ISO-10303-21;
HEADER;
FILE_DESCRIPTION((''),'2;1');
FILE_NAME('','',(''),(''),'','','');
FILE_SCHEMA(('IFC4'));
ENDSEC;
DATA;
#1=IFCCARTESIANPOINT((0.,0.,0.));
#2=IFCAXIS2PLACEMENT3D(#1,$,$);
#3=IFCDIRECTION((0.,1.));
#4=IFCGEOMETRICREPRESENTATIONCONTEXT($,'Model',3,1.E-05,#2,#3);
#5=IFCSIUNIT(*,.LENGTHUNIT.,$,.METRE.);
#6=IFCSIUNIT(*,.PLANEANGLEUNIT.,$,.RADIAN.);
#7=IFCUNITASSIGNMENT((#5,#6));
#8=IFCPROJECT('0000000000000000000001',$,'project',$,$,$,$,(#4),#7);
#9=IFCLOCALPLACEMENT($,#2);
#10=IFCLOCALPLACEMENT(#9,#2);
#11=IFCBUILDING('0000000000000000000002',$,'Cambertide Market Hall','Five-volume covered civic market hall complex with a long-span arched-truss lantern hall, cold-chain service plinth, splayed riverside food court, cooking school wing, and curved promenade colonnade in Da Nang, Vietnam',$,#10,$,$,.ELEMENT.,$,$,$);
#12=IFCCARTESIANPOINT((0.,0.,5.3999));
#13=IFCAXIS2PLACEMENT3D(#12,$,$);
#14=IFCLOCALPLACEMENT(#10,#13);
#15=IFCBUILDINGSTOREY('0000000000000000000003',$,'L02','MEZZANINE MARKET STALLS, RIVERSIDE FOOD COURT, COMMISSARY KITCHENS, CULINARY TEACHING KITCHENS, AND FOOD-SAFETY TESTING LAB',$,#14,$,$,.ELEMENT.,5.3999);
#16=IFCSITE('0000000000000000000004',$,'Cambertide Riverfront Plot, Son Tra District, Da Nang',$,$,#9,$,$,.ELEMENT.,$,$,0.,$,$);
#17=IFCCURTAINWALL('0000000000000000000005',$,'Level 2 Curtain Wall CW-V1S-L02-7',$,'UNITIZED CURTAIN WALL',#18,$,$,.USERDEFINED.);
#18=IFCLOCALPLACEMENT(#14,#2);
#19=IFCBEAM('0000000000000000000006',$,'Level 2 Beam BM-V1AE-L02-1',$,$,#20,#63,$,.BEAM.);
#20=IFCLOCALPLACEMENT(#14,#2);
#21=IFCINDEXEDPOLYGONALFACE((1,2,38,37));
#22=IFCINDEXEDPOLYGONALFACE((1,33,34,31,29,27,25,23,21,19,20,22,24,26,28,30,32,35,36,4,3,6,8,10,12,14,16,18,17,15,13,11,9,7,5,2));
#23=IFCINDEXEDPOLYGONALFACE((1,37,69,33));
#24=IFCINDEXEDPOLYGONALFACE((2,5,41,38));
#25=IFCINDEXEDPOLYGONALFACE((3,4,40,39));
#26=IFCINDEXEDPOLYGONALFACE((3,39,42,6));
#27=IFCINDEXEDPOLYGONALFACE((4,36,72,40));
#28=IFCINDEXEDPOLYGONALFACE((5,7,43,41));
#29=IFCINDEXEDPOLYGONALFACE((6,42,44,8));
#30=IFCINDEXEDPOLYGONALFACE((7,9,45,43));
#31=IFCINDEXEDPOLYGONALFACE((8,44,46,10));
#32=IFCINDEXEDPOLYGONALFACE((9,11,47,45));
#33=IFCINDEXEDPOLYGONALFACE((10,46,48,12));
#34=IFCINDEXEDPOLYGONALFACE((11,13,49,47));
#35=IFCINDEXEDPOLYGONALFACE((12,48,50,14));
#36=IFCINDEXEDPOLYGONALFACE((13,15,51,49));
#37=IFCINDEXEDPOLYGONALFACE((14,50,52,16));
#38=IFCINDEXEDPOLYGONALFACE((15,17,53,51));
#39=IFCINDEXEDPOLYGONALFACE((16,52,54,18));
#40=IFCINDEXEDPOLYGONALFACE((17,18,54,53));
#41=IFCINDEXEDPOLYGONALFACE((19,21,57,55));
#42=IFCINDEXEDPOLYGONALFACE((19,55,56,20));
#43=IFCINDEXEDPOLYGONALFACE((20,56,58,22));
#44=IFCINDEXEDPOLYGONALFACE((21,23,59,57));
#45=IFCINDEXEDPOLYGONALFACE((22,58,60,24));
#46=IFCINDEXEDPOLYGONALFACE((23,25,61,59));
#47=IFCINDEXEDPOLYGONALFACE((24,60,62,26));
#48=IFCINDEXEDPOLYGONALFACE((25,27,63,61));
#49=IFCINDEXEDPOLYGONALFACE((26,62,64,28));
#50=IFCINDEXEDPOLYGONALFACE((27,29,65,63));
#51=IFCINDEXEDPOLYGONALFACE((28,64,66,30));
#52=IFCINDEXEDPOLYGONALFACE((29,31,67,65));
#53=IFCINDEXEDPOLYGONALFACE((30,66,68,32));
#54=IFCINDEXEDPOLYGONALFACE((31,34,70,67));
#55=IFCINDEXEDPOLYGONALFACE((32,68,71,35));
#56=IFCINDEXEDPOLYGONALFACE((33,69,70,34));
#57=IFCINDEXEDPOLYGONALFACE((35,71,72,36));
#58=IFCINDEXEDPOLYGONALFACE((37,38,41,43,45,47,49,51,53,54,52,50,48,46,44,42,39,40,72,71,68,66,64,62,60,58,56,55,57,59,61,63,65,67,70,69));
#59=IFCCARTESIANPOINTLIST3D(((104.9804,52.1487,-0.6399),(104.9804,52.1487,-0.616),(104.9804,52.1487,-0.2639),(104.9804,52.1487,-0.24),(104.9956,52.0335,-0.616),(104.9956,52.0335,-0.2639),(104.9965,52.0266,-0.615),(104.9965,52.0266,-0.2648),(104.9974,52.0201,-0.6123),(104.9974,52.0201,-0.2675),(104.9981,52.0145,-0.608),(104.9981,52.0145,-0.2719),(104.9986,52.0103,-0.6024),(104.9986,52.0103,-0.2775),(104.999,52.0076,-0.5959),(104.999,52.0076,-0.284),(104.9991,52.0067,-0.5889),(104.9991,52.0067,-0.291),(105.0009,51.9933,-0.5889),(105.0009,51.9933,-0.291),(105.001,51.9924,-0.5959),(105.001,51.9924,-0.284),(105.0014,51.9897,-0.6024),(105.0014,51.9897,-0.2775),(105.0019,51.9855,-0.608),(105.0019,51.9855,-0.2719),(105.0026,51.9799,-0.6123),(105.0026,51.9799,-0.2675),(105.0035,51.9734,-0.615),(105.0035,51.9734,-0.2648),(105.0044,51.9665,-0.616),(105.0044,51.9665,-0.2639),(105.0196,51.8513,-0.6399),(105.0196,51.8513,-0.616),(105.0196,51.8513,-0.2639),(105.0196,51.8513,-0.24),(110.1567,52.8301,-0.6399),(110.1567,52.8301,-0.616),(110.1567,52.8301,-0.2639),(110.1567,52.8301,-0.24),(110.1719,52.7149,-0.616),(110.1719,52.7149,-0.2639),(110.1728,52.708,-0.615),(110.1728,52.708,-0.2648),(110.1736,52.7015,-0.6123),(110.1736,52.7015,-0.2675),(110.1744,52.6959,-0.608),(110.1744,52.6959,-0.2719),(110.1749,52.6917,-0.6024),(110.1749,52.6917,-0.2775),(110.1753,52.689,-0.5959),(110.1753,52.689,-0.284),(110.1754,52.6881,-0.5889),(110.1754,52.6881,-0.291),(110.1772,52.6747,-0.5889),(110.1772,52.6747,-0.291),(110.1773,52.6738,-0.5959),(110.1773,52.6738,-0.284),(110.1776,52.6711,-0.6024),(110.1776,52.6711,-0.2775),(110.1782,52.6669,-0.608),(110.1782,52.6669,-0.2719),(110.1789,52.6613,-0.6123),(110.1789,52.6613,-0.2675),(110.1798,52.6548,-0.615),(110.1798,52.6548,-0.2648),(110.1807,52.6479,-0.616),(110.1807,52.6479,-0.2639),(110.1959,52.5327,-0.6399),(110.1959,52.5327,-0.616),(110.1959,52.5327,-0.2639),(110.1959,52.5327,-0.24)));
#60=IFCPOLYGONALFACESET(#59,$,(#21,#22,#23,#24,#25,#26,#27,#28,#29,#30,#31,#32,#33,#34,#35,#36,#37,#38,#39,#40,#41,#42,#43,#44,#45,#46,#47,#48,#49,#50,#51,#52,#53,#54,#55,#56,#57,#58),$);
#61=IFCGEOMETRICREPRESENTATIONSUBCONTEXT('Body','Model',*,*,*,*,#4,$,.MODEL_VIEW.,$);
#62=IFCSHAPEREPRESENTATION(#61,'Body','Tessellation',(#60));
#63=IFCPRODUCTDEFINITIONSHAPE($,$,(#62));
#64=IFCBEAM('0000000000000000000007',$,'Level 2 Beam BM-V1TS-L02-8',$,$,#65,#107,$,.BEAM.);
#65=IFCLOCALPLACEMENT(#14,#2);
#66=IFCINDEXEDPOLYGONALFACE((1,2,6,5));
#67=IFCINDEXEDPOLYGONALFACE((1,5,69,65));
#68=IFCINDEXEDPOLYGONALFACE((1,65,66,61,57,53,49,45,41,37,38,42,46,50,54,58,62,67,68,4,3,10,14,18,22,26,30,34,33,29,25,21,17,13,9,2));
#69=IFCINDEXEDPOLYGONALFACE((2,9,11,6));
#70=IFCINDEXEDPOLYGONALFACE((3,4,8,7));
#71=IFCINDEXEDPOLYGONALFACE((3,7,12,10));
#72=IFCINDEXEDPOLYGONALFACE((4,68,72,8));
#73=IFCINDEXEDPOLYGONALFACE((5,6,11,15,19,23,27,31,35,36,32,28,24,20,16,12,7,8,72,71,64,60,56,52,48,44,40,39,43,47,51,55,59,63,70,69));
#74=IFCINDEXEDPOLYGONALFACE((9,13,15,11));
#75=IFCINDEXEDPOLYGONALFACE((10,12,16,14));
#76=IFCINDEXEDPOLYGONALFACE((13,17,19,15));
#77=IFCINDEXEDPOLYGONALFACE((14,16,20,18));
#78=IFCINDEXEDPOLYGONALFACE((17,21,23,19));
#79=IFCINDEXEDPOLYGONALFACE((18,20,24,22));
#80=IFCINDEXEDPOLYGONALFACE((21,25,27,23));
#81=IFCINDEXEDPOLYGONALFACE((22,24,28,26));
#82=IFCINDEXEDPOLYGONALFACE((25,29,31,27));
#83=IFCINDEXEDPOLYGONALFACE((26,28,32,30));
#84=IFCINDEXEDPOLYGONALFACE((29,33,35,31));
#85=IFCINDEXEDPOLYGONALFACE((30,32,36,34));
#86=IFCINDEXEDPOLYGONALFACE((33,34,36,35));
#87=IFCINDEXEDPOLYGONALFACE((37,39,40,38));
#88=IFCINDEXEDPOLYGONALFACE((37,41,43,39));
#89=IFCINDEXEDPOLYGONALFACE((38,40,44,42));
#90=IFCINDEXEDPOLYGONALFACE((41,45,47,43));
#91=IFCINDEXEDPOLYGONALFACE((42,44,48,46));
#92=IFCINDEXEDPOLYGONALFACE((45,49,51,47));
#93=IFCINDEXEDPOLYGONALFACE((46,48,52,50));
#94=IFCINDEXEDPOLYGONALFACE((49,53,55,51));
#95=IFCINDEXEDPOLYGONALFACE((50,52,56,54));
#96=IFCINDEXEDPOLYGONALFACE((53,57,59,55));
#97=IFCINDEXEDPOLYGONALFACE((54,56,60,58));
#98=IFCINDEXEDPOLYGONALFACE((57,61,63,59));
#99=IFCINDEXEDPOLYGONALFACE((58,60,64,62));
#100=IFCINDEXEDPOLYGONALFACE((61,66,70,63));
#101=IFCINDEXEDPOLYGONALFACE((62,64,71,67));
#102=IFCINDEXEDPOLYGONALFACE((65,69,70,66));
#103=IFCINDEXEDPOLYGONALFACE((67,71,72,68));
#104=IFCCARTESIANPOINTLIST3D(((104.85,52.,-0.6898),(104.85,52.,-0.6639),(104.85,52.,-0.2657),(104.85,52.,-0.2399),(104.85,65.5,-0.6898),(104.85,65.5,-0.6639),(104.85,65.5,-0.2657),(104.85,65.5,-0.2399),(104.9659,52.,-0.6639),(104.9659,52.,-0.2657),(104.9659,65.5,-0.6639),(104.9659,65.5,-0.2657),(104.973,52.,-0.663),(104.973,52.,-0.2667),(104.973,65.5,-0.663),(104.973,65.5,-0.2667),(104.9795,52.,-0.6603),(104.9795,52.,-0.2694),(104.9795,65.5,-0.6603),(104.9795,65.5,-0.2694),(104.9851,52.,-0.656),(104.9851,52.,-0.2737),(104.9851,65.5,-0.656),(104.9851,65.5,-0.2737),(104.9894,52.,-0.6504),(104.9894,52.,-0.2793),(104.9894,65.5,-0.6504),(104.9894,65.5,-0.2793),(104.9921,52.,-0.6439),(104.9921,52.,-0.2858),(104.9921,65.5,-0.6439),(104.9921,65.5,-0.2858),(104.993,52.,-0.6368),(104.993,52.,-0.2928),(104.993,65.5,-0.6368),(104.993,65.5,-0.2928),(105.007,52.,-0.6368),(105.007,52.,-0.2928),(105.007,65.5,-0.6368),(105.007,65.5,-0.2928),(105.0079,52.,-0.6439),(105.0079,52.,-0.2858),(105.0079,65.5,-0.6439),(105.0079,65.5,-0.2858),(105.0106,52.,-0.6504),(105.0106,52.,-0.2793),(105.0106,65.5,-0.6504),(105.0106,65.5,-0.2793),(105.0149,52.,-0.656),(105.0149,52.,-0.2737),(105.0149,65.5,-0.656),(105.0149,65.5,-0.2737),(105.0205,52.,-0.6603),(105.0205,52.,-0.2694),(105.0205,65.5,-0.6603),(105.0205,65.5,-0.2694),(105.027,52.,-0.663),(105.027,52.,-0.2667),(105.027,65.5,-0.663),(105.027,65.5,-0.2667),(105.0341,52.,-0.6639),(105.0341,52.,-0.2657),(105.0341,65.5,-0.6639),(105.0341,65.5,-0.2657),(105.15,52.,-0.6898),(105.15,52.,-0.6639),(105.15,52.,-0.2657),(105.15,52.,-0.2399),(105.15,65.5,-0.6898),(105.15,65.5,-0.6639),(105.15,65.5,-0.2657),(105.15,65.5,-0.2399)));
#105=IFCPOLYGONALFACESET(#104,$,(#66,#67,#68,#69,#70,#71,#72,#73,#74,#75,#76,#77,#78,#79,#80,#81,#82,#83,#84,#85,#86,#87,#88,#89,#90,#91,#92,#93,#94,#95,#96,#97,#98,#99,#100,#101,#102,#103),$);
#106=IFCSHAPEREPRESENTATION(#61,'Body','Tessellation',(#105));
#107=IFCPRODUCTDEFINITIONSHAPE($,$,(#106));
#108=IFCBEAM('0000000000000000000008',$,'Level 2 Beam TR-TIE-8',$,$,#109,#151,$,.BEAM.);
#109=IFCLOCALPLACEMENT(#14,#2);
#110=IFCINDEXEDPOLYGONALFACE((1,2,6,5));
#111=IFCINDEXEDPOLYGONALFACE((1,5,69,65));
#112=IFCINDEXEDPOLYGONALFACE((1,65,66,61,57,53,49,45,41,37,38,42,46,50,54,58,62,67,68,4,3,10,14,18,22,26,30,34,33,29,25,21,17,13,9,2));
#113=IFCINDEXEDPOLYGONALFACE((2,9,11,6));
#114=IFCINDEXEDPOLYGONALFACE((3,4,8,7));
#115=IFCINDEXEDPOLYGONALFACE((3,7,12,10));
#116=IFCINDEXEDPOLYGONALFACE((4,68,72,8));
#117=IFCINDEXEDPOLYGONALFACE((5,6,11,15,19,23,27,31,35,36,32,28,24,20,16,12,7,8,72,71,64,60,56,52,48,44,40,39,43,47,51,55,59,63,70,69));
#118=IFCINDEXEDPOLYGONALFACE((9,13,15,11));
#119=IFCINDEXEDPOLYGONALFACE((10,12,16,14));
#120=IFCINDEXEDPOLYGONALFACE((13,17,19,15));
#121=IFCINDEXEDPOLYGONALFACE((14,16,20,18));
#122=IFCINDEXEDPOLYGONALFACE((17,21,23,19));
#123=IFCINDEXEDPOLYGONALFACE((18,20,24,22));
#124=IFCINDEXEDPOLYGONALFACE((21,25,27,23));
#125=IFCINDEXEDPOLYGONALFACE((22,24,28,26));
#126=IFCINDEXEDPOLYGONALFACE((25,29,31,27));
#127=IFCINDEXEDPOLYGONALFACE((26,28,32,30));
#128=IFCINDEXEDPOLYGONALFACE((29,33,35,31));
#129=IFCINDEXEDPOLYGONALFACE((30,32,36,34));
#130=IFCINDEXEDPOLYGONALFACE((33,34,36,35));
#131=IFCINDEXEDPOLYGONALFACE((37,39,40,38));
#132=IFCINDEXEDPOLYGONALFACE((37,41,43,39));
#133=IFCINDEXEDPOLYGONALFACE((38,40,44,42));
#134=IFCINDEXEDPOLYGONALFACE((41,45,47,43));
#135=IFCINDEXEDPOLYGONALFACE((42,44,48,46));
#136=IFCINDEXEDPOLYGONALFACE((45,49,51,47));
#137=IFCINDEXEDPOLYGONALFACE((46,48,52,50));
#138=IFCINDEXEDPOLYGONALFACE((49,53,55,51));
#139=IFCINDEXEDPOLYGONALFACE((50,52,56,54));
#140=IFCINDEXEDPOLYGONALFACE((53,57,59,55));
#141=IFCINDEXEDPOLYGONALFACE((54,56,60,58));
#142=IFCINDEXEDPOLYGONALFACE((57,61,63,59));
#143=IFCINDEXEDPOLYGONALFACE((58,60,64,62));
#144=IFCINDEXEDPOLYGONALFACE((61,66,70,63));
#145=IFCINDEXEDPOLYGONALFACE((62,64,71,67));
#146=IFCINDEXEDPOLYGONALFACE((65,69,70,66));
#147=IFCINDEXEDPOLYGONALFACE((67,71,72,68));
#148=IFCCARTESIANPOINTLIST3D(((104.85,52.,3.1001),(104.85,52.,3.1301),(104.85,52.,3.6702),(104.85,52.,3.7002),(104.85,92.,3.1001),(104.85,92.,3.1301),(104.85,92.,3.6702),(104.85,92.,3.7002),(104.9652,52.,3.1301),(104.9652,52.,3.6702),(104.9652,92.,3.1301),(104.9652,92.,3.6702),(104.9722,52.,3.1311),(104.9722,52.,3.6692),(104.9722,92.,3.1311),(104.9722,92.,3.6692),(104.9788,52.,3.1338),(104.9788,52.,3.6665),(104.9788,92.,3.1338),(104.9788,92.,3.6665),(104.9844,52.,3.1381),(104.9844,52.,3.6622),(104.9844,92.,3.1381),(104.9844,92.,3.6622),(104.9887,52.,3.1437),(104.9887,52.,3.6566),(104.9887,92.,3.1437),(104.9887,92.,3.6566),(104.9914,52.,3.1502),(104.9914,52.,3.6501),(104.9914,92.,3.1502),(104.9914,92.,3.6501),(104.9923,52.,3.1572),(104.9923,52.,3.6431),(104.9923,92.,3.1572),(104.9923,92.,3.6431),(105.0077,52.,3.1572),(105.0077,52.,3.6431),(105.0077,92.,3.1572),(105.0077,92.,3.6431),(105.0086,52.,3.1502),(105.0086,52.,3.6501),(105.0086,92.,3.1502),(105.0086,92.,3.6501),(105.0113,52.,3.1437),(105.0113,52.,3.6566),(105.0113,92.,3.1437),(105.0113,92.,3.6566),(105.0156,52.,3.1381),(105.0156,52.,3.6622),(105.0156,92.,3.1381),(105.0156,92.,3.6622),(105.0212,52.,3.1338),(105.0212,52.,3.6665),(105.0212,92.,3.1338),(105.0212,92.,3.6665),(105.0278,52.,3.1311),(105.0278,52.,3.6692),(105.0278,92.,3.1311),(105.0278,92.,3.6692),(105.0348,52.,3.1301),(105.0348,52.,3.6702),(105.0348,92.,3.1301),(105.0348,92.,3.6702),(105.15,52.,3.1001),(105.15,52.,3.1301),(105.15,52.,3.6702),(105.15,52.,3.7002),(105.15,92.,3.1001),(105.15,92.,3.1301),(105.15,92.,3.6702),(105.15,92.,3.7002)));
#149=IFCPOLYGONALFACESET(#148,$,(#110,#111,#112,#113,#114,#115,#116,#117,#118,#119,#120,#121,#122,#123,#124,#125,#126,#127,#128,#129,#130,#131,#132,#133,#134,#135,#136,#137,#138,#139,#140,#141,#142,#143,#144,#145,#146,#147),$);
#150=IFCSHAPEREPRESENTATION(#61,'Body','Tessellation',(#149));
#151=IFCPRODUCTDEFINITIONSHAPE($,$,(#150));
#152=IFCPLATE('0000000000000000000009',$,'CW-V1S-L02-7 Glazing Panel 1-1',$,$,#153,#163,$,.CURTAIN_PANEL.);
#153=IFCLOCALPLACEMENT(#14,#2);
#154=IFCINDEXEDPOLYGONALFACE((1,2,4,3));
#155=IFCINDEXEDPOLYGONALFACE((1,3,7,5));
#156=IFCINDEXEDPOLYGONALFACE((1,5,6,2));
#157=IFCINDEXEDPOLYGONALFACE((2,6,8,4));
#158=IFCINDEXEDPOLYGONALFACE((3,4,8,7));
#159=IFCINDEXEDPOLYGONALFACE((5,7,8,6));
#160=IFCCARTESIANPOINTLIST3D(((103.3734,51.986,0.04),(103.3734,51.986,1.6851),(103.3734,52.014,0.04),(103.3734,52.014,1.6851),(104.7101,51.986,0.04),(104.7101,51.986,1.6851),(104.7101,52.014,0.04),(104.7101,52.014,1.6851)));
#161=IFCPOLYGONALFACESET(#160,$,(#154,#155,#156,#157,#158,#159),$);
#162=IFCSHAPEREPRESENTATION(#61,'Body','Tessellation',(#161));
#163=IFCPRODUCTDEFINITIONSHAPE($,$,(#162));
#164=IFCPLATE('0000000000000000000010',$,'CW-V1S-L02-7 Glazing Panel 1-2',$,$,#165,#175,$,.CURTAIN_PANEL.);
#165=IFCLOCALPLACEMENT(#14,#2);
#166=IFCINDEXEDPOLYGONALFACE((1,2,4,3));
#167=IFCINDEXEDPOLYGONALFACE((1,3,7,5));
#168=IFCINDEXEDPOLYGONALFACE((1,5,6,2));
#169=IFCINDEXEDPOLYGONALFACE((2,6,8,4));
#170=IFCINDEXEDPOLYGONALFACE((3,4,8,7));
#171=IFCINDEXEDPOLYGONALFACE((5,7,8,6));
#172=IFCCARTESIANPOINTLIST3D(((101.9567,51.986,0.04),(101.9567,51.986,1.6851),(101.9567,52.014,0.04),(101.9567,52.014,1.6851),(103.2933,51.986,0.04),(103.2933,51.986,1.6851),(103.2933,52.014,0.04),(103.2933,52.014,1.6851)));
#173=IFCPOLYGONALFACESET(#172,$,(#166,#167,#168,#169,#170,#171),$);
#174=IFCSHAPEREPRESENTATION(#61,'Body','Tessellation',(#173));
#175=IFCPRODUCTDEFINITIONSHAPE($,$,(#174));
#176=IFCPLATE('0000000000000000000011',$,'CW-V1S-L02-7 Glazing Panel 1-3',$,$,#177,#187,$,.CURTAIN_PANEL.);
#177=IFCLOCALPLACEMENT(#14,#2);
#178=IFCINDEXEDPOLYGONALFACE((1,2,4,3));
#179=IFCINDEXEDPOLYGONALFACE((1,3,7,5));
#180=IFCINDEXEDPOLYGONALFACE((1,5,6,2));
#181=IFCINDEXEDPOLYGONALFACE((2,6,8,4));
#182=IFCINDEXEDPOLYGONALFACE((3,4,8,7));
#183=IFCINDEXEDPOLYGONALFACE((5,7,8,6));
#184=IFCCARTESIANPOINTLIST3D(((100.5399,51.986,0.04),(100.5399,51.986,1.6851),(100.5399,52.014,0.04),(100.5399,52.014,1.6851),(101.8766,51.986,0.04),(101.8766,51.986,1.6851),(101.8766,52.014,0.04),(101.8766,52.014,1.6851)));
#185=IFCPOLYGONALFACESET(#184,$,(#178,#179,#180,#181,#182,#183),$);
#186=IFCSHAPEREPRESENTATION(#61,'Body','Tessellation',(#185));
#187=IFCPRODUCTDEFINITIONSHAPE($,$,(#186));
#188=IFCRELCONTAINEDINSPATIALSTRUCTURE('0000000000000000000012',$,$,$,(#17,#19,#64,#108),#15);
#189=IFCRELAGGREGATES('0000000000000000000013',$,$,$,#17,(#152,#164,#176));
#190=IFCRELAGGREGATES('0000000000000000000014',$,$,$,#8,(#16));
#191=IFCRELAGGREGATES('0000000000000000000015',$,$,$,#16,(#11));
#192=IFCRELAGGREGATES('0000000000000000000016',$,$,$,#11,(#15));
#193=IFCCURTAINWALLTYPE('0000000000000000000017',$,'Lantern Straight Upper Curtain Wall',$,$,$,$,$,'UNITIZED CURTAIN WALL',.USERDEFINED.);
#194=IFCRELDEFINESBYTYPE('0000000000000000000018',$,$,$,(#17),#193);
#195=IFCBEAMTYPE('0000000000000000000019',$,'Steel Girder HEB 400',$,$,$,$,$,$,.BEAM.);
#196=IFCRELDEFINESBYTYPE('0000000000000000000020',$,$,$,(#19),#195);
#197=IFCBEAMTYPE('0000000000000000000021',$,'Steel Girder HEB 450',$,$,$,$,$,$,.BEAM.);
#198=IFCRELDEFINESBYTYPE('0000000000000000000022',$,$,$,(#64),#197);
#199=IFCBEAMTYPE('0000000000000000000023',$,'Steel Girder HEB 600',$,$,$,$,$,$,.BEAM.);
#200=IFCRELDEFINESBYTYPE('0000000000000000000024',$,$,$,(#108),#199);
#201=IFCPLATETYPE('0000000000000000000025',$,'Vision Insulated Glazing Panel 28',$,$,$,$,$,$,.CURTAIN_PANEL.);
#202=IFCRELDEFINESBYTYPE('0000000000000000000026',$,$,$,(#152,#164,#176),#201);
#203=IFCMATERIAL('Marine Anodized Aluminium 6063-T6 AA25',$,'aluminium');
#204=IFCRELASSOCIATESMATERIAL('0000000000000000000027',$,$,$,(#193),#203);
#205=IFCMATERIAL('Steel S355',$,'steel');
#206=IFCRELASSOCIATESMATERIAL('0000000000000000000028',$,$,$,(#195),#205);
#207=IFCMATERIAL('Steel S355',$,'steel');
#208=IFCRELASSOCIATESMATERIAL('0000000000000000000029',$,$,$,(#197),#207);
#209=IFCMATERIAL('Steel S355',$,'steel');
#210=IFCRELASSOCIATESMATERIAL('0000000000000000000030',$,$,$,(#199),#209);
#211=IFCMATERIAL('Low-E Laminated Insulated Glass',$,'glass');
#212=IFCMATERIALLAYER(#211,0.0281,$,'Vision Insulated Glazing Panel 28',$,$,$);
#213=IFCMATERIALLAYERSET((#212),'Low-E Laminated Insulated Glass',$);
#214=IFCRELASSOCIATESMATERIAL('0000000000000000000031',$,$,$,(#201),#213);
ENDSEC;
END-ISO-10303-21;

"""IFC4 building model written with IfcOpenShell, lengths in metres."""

from ifc_helpers import new_model, si_unit, direction, frame, origin, origin_2d, place, context, subcontext, project, spatial, rectangle, i_section, extrude, material, layer, layer_set, material_profile, profile_set, type_object, element, aggregate, save


model = new_model("IFC4")

# Units and contexts
model_context = context("Model", 3, precision=1e-05, world=origin(), true_north=direction((0.0, 1.0)))
body_context = subcontext(model_context, "Body", "Model", "MODEL_VIEW")
ifc_project = project(units=[si_unit("LENGTHUNIT", "METRE"), si_unit("PLANEANGLEUNIT", "RADIAN")], contexts=[model_context])

# Site, building, storey
site_placement = place(None, origin())
site = spatial("IfcSite", under=ifc_project, at=site_placement, Name="Cambertide Riverfront Plot, Son Tra District, Da Nang", CompositionType="ELEMENT", RefElevation=0.0)
building_placement = place(site_placement, origin())
building = spatial("IfcBuilding", under=site, at=building_placement, Name="Cambertide Market Hall", Description="Five-volume covered civic market hall complex with a long-span arched-truss lantern hall, cold-chain service plinth, splayed riverside food court, cooking school wing, and curved promenade colonnade in Da Nang, Vietnam", CompositionType="ELEMENT")
storey_placement = place(building_placement, frame((0.0, 0.0, 5.3999)))
storey = spatial("IfcBuildingStorey", under=building, at=storey_placement, Name="L02", Description="MEZZANINE MARKET STALLS, RIVERSIDE FOOD COURT, COMMISSARY KITCHENS, CULINARY TEACHING KITCHENS, AND FOOD-SAFETY TESTING LAB", CompositionType="ELEMENT", Elevation=5.3999)

# Curtain wall
ifc_material_1 = material(Name="Marine Anodized Aluminium 6063-T6 AA25", Category="aluminium")
curtain_wall_type_1 = type_object("IfcCurtainWallType", Name="Lantern Straight Upper Curtain Wall", ElementType="UNITIZED CURTAIN WALL", PredefinedType="USERDEFINED", material=ifc_material_1)
curtain_wall_1_placement = place(storey_placement, origin())
curtain_wall_1 = element("IfcCurtainWall", 1, at=curtain_wall_1_placement, inside=storey, type_object=curtain_wall_type_1, Name="Level 2 Curtain Wall CW-V1S-L02-7", ObjectType="UNITIZED CURTAIN WALL", PredefinedType="USERDEFINED")

# Beams
ifc_material_2 = material(Name="Steel S355", Category="steel")
ifc_material_profile_1 = material_profile(ifc_material_2, i_section(OverallWidth=0.3, OverallDepth=0.3999, WebThickness=0.0134, FlangeThickness=0.0239, FilletRadius=0.0271, at=origin_2d()), Name="HEB 400")
ifc_profile_set_1 = profile_set([ifc_material_profile_1], Name="Steel S355")
beam_type_1 = type_object("IfcBeamType", Name="Steel Girder HEB 400", PredefinedType="BEAM", material=ifc_profile_set_1)
beam_1_placement = place(storey_placement, frame((105.0, 52.0, -0.4399), z_axis=(0.991447, 0.130513, 0.0), x_axis=(-0.130513, 0.991447, 0.0)))
element("IfcBeam", 2, at=beam_1_placement, inside=storey, type_object=beam_type_1, Name="Level 2 Beam BM-V1AE-L02-1", PredefinedType="BEAM", context=body_context, shape_type="SweptSolid", body=[
    extrude(i_section(OverallWidth=0.3, OverallDepth=0.3999, WebThickness=0.0134, FlangeThickness=0.0239, FilletRadius=0.0271, at=origin_2d()), origin(), (0.0, 0.0, 1.0), 5.2209),
])
ifc_material_3 = material(Name="Steel S355", Category="steel")
ifc_material_profile_2 = material_profile(ifc_material_3, i_section(OverallWidth=0.3, OverallDepth=0.45, WebThickness=0.0139, FlangeThickness=0.0259, FilletRadius=0.0271, at=origin_2d()), Name="HEB 450")
ifc_profile_set_2 = profile_set([ifc_material_profile_2], Name="Steel S355")
beam_type_2 = type_object("IfcBeamType", Name="Steel Girder HEB 450", PredefinedType="BEAM", material=ifc_profile_set_2)
beam_2_placement = place(storey_placement, frame((105.0, 52.0, -0.4648), z_axis=(0.0, 1.0, 0.0), x_axis=(-1.0, 0.0, 0.0)))
element("IfcBeam", 3, at=beam_2_placement, inside=storey, type_object=beam_type_2, Name="Level 2 Beam BM-V1TS-L02-8", PredefinedType="BEAM", context=body_context, shape_type="SweptSolid", body=[
    extrude(i_section(OverallWidth=0.3, OverallDepth=0.45, WebThickness=0.0139, FlangeThickness=0.0259, FilletRadius=0.0271, at=origin_2d()), origin(), (0.0, 0.0, 1.0), 13.5),
])
ifc_material_4 = material(Name="Steel S355", Category="steel")
ifc_material_profile_3 = material_profile(ifc_material_4, i_section(OverallWidth=0.3, OverallDepth=0.6001, WebThickness=0.0154, FlangeThickness=0.03, FilletRadius=0.0271, at=origin_2d()), Name="HEB 600")
ifc_profile_set_3 = profile_set([ifc_material_profile_3], Name="Steel S355")
beam_type_3 = type_object("IfcBeamType", Name="Steel Girder HEB 600", PredefinedType="BEAM", material=ifc_profile_set_3)
beam_3_placement = place(storey_placement, frame((105.0, 52.0, 3.4001), z_axis=(0.0, 1.0, 0.0), x_axis=(-1.0, 0.0, 0.0)))
element("IfcBeam", 4, at=beam_3_placement, inside=storey, type_object=beam_type_3, Name="Level 2 Beam TR-TIE-8", PredefinedType="BEAM", context=body_context, shape_type="SweptSolid", body=[
    extrude(i_section(OverallWidth=0.3, OverallDepth=0.6001, WebThickness=0.0154, FlangeThickness=0.03, FilletRadius=0.0271, at=origin_2d()), origin(), (0.0, 0.0, 1.0), 40.0),
])

# Plates
ifc_material_5 = material(Name="Low-E Laminated Insulated Glass", Category="glass")
ifc_layer = layer(ifc_material_5, 0.0281, Name="Vision Insulated Glazing Panel 28")
ifc_layer_set = layer_set([ifc_layer], Name="Low-E Laminated Insulated Glass")
plate_type = type_object("IfcPlateType", Name="Vision Insulated Glazing Panel 28", PredefinedType="CURTAIN_PANEL", material=ifc_layer_set)
plate_1_placement = place(storey_placement, frame((104.0417, 52.0, 0.04), z_axis=(0.0, 0.0, 1.0), x_axis=(-1.0, 0.0, 0.0)))
plate_1 = element("IfcPlate", 5, at=plate_1_placement, type_object=plate_type, Name="CW-V1S-L02-7 Glazing Panel 1-1", PredefinedType="CURTAIN_PANEL", context=body_context, shape_type="SweptSolid", body=[
    extrude(rectangle(XDim=1.3367, YDim=0.0281, at=origin_2d()), origin(), (0.0, 0.0, 1.0), 1.645),
])
plate_2_placement = place(storey_placement, frame((102.625, 52.0, 0.04), z_axis=(0.0, 0.0, 1.0), x_axis=(-1.0, 0.0, 0.0)))
plate_2 = element("IfcPlate", 6, at=plate_2_placement, type_object=plate_type, Name="CW-V1S-L02-7 Glazing Panel 1-2", PredefinedType="CURTAIN_PANEL", context=body_context, shape_type="SweptSolid", body=[
    extrude(rectangle(XDim=1.3367, YDim=0.0281, at=origin_2d()), origin(), (0.0, 0.0, 1.0), 1.645),
])
plate_3_placement = place(storey_placement, frame((101.2083, 52.0, 0.04), z_axis=(0.0, 0.0, 1.0), x_axis=(-1.0, 0.0, 0.0)))
plate_3 = element("IfcPlate", 7, at=plate_3_placement, type_object=plate_type, Name="CW-V1S-L02-7 Glazing Panel 1-3", PredefinedType="CURTAIN_PANEL", context=body_context, shape_type="SweptSolid", body=[
    extrude(rectangle(XDim=1.3367, YDim=0.0281, at=origin_2d()), origin(), (0.0, 0.0, 1.0), 1.645),
])
aggregate(curtain_wall_1, [plate_1, plate_2, plate_3])

save(model, "model.ifc")
